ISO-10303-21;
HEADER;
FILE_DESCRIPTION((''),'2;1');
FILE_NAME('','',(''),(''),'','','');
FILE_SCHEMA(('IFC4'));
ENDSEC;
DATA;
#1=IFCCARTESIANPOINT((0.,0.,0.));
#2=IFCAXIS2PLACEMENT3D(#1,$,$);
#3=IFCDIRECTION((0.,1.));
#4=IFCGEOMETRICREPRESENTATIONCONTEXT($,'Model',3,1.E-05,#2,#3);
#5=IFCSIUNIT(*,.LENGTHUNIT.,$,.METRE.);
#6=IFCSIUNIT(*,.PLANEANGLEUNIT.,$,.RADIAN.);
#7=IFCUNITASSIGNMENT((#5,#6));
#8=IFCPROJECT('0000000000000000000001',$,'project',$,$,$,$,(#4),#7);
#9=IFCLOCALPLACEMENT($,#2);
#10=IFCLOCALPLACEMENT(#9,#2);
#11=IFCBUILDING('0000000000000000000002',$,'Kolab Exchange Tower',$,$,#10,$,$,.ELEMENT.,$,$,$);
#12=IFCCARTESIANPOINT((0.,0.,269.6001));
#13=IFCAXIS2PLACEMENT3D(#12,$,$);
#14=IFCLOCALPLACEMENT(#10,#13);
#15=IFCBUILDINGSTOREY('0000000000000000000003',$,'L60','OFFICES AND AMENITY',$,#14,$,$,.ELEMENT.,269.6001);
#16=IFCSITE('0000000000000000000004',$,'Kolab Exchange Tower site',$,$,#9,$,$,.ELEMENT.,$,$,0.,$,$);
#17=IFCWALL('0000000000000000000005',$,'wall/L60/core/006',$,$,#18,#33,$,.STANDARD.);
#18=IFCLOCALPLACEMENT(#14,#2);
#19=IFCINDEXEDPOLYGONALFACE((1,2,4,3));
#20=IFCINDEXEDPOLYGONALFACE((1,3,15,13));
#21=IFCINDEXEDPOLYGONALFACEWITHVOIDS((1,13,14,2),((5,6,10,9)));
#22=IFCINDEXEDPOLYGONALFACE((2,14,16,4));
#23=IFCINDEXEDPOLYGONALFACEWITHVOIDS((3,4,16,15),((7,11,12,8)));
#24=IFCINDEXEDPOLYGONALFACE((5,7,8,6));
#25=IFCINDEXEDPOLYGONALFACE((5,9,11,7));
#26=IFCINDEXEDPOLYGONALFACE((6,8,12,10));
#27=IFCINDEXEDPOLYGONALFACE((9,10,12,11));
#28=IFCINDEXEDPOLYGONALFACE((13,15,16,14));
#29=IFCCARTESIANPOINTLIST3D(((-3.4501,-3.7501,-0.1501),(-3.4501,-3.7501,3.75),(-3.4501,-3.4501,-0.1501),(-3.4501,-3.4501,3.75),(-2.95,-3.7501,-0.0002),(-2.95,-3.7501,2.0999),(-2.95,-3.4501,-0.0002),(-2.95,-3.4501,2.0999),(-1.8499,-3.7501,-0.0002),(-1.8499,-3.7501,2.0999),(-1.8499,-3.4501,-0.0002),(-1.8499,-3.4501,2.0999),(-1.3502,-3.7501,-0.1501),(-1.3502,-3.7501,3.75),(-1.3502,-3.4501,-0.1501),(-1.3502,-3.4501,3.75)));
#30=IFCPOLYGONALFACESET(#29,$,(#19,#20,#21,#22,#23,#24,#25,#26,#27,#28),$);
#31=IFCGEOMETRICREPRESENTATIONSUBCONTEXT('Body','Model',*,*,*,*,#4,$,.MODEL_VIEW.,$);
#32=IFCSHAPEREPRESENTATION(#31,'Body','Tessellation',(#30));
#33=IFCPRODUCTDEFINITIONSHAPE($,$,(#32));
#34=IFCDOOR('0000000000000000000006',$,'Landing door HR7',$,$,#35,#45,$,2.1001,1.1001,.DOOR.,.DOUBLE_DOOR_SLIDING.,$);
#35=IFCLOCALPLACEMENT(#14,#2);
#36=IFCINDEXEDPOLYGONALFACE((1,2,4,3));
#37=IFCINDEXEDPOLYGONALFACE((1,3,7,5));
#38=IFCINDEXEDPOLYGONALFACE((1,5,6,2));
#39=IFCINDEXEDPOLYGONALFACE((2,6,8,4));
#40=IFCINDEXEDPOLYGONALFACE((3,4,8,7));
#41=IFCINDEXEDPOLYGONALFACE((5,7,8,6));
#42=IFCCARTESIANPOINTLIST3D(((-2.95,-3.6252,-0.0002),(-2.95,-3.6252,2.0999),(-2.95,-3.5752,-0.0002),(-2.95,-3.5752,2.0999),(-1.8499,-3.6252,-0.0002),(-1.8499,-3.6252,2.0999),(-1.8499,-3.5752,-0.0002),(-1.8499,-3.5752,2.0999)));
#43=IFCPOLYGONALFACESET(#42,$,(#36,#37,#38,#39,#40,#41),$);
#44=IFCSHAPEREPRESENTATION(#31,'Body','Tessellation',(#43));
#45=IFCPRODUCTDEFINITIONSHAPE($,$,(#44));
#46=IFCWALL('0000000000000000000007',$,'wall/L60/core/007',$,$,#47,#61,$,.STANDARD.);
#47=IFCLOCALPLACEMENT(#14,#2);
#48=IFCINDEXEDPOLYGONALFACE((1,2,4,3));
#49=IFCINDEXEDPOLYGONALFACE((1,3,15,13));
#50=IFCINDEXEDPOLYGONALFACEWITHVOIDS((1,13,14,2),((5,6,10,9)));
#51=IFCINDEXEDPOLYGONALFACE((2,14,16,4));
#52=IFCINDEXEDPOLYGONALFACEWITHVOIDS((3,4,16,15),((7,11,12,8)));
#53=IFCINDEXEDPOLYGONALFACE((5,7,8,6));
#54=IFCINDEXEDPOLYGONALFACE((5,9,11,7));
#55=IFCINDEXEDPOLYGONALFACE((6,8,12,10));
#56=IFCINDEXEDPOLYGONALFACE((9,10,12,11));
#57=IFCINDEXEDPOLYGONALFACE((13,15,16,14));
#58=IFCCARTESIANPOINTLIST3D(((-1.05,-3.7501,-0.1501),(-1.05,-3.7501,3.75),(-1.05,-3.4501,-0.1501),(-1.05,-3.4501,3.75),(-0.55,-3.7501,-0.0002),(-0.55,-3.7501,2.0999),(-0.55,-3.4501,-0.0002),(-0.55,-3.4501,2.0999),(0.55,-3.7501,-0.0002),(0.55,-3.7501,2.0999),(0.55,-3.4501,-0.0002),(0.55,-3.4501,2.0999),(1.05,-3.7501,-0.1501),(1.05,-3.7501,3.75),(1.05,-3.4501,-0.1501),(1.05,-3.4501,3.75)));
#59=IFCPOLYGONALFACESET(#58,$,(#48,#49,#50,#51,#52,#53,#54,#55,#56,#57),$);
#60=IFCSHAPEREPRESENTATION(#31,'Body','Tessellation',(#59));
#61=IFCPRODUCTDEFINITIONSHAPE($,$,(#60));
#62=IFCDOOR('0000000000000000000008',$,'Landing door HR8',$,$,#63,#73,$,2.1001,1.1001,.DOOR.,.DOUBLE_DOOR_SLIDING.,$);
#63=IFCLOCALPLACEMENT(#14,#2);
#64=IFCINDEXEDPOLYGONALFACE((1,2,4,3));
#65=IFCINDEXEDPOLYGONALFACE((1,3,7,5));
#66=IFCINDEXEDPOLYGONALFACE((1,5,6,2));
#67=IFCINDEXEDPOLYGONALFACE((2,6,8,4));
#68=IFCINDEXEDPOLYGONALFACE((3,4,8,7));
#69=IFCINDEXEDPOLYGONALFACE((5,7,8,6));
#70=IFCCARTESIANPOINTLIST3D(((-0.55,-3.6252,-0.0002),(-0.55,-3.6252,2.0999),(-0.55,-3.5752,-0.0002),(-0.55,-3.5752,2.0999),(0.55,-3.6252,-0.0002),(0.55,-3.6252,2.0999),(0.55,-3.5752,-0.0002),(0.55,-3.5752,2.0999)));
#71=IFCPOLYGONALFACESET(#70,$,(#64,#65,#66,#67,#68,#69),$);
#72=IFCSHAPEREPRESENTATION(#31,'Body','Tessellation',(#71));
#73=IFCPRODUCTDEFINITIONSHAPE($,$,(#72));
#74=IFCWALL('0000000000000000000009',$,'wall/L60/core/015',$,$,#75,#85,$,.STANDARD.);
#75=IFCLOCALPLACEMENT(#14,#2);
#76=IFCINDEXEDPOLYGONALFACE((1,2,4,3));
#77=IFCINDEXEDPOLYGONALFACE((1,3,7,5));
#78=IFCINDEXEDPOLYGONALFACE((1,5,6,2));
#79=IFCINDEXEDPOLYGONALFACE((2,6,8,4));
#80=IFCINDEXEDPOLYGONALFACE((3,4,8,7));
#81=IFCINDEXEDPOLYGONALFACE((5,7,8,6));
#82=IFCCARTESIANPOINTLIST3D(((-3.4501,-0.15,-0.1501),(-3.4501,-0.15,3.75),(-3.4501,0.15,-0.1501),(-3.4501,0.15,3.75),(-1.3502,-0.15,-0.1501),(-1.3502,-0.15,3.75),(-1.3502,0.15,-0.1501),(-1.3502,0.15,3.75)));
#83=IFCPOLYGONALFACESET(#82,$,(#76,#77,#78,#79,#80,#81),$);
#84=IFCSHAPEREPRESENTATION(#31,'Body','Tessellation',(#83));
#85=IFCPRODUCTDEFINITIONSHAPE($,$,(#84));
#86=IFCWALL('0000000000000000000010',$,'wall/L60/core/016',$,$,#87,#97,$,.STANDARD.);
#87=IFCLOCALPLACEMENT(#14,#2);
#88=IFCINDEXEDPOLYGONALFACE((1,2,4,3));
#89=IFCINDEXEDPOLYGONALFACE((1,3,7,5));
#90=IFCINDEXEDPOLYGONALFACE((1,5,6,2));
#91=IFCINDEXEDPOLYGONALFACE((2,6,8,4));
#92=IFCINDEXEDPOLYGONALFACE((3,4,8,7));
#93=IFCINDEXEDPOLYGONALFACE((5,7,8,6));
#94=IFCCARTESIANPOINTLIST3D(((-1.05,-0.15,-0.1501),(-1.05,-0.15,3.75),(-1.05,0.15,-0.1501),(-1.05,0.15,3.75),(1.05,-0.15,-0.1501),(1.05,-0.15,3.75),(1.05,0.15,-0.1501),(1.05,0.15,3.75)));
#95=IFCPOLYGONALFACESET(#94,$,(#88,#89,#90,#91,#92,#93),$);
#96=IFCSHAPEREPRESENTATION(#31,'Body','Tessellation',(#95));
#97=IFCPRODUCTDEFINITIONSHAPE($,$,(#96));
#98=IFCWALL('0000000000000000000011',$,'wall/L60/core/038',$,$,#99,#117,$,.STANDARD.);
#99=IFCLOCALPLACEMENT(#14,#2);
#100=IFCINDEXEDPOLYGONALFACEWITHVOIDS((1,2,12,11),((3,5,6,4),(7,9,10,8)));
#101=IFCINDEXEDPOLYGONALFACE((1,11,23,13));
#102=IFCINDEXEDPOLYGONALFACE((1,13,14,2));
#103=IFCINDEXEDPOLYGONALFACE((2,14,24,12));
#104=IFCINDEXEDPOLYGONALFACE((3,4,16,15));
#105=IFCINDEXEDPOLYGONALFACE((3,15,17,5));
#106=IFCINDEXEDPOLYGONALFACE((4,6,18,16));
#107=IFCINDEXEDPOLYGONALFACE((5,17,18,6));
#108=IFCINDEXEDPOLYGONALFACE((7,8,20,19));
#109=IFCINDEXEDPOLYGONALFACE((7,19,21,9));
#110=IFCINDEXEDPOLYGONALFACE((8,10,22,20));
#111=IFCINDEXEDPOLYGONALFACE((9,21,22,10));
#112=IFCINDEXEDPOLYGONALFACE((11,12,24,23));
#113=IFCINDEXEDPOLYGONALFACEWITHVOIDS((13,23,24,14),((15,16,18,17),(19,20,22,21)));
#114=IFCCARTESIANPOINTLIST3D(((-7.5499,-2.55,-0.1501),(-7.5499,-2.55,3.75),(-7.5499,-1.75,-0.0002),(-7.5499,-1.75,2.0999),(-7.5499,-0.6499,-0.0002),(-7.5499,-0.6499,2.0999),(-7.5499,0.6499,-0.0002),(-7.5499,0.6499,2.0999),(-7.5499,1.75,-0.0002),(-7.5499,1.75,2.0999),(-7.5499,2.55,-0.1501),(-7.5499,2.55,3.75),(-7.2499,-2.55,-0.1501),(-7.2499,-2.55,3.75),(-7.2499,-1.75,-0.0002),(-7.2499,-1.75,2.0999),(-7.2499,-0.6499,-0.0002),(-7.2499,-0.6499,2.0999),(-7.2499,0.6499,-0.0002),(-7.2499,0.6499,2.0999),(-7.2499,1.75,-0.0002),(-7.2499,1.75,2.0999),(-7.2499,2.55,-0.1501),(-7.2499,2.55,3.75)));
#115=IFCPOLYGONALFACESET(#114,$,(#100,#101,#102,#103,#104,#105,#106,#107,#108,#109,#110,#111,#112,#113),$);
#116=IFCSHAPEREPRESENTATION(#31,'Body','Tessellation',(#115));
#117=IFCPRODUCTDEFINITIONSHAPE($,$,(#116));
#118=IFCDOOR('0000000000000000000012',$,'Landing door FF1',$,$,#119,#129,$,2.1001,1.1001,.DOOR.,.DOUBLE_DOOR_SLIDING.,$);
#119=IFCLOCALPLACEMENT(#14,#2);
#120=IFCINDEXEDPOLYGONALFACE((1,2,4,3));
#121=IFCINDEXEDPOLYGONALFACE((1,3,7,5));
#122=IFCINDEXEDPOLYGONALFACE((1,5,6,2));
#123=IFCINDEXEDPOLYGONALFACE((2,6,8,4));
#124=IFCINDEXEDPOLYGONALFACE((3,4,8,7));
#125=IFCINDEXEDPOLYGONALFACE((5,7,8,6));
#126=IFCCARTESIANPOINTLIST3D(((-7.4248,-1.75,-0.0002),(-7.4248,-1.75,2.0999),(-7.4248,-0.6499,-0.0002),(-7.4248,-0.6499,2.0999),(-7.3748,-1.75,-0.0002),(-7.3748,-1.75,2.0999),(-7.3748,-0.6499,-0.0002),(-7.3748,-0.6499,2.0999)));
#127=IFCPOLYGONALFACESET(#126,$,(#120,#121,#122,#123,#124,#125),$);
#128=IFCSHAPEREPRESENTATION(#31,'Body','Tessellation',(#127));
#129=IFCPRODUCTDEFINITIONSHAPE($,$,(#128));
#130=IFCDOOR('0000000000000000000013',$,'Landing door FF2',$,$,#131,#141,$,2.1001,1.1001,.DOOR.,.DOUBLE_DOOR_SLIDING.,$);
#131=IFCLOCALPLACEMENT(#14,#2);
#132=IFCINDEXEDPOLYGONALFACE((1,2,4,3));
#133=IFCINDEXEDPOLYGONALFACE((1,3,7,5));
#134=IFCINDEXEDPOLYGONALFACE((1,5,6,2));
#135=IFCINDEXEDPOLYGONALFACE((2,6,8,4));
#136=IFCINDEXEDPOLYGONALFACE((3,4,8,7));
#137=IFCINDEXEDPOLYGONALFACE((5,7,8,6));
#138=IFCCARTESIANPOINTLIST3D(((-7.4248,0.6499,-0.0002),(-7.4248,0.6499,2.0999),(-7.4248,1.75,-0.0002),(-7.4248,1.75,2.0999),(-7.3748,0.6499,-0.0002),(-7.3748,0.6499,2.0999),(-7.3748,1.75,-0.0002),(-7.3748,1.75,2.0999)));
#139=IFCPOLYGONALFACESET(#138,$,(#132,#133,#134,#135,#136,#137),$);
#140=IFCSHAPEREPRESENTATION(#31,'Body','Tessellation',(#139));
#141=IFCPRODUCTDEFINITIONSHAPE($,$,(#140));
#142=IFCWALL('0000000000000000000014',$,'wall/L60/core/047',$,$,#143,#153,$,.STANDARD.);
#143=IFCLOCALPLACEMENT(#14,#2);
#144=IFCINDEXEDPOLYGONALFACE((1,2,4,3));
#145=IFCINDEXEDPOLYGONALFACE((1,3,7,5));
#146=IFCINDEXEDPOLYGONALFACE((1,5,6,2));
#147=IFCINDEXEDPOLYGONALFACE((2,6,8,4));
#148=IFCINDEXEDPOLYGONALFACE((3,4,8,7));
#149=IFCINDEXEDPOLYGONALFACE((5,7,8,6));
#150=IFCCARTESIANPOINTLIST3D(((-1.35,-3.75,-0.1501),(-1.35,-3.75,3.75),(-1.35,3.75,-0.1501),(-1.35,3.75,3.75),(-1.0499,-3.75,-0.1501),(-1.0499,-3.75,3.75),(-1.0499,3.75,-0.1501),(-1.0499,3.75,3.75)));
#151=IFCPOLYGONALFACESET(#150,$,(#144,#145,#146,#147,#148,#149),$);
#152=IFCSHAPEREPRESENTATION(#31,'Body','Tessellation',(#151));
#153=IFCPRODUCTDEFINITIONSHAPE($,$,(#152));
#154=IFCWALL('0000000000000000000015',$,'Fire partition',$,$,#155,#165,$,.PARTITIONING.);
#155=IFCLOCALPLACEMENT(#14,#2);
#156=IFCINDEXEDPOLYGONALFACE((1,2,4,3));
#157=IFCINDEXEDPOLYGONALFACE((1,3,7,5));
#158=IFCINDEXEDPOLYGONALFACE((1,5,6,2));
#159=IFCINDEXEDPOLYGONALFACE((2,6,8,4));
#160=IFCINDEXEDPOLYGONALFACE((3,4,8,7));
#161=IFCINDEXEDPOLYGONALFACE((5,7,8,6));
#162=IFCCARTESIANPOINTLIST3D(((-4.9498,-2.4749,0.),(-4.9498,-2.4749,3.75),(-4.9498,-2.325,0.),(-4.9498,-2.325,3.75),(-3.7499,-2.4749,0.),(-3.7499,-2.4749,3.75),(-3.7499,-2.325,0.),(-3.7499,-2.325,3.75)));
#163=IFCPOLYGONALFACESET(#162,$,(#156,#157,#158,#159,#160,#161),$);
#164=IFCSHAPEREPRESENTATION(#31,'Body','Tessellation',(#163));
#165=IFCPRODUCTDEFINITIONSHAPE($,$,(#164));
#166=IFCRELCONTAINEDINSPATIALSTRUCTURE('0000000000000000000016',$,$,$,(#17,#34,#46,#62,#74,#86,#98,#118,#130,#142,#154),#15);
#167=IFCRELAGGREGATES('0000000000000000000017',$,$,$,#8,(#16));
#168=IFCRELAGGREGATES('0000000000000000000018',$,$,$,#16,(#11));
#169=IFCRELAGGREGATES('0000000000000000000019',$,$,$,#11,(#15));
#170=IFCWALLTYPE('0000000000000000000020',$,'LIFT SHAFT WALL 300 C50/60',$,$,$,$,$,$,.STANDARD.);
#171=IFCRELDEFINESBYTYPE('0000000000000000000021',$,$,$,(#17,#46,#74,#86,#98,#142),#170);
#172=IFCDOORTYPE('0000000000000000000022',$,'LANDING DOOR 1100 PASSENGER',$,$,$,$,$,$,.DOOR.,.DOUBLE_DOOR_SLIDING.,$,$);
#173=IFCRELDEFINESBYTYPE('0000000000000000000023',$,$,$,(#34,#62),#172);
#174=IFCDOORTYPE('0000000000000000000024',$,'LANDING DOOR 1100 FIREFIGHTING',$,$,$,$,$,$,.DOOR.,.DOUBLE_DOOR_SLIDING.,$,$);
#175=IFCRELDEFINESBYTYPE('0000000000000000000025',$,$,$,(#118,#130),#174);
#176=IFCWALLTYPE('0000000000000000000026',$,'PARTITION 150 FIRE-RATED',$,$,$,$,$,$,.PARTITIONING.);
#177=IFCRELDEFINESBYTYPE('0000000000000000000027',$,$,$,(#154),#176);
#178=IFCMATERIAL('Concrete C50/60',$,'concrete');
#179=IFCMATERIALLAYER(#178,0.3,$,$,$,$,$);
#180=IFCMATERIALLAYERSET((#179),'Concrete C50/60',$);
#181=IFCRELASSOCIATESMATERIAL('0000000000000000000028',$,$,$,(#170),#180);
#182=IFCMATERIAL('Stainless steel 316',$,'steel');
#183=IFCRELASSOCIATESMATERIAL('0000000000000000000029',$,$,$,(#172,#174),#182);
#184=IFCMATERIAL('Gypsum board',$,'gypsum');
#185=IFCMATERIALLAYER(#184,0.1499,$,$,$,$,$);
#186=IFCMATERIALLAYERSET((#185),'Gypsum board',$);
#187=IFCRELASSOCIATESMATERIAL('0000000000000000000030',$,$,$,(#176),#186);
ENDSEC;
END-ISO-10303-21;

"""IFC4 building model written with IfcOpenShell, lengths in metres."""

from ifc_helpers import new_model, si_unit, direction, frame, frame_2d, origin, place, context, subcontext, project, spatial, rectangle, extrude, material, layer, layer_set, type_object, element, fill, save


model = new_model("IFC4")

# Units and contexts
model_context = context("Model", 3, precision=1e-05, world=origin(), true_north=direction((0.0, 1.0)))
body_context = subcontext(model_context, "Body", "Model", "MODEL_VIEW")
ifc_project = project(units=[si_unit("LENGTHUNIT", "METRE"), si_unit("PLANEANGLEUNIT", "RADIAN")], contexts=[model_context])

# Site, building, storey
site_placement = place(None, origin())
site = spatial("IfcSite", under=ifc_project, at=site_placement, Name="Kolab Exchange Tower site", CompositionType="ELEMENT", RefElevation=0.0)
building_placement = place(site_placement, origin())
building = spatial("IfcBuilding", under=site, at=building_placement, Name="Kolab Exchange Tower", CompositionType="ELEMENT")
storey_placement = place(building_placement, frame((0.0, 0.0, 269.6001)))
storey = spatial("IfcBuildingStorey", under=building, at=storey_placement, Name="L60", Description="OFFICES AND AMENITY", CompositionType="ELEMENT", Elevation=269.6001)

# Walls, openings, doors
ifc_material_1 = material(Name="Concrete C50/60", Category="concrete")
ifc_layer_1 = layer(ifc_material_1, 0.3)
ifc_layer_set_1 = layer_set([ifc_layer_1], Name="Concrete C50/60")
wall_type_1 = type_object("IfcWallType", Name="LIFT SHAFT WALL 300 C50/60", PredefinedType="STANDARD", material=ifc_layer_set_1)
wall_1_placement = place(storey_placement, frame((-3.45, -3.6001, -0.1501), z_axis=(0.0, 0.0, 1.0), x_axis=(1.0, 0.0, 0.0)))
wall_1 = element("IfcWall", 1, at=wall_1_placement, inside=storey, type_object=wall_type_1, Name="wall/L60/core/006", PredefinedType="STANDARD", context=body_context, shape_type="SweptSolid", body=[
    extrude(rectangle(XDim=2.0999, YDim=0.3, at=frame_2d((1.0498, 0.0))), origin(), (0.0, 0.0, 1.0), 3.9001),
])
opening_1_placement = place(wall_1_placement, frame((0.5, 0.0, 0.1499)))
opening_1 = element("IfcOpeningElement", 2, at=opening_1_placement, cuts=wall_1, PredefinedType="OPENING", context=body_context, shape_type="SweptSolid", body=[
    extrude(rectangle(XDim=1.1001, YDim=2.1001, at=frame_2d((0.55, 1.05))), frame((0.0, 0.1602, 0.0), z_axis=(0.0, -1.0, 0.0), x_axis=(1.0, 0.0, 0.0)), (0.0, 0.0, 1.0), 0.3201),
])
ifc_material_2 = material(Name="Stainless steel 316", Category="steel")
door_type_1 = type_object("IfcDoorType", Name="LANDING DOOR 1100 PASSENGER", OperationType="DOUBLE_DOOR_SLIDING", PredefinedType="DOOR", material=ifc_material_2)
door_1_placement = place(opening_1_placement, origin())
door_1 = element("IfcDoor", 3, at=door_1_placement, inside=storey, type_object=door_type_1, Name="Landing door HR7", OperationType="DOUBLE_DOOR_SLIDING", OverallHeight=2.1001, OverallWidth=1.1001, PredefinedType="DOOR", context=body_context, shape_type="SweptSolid", body=[
    extrude(rectangle(XDim=1.1001, YDim=2.1001, at=frame_2d((0.55, 1.05))), frame((0.0, 0.0249, 0.0), z_axis=(0.0, -1.0, 0.0), x_axis=(1.0, 0.0, 0.0)), (0.0, 0.0, 1.0), 0.05),
])
fill(opening_1, door_1)
wall_2_placement = place(storey_placement, frame((-1.05, -3.6001, -0.1501), z_axis=(0.0, 0.0, 1.0), x_axis=(1.0, 0.0, 0.0)))
wall_2 = element("IfcWall", 4, at=wall_2_placement, inside=storey, type_object=wall_type_1, Name="wall/L60/core/007", PredefinedType="STANDARD", context=body_context, shape_type="SweptSolid", body=[
    extrude(rectangle(XDim=2.1001, YDim=0.3, at=frame_2d((1.05, 0.0))), origin(), (0.0, 0.0, 1.0), 3.9001),
])
opening_2_placement = place(wall_2_placement, frame((0.5, 0.0, 0.1499)))
opening_2 = element("IfcOpeningElement", 5, at=opening_2_placement, cuts=wall_2, PredefinedType="OPENING", context=body_context, shape_type="SweptSolid", body=[
    extrude(rectangle(XDim=1.1001, YDim=2.1001, at=frame_2d((0.55, 1.05))), frame((0.0, 0.1602, 0.0), z_axis=(0.0, -1.0, 0.0), x_axis=(1.0, 0.0, 0.0)), (0.0, 0.0, 1.0), 0.3201),
])
door_2_placement = place(opening_2_placement, origin())
door_2 = element("IfcDoor", 6, at=door_2_placement, inside=storey, type_object=door_type_1, Name="Landing door HR8", OperationType="DOUBLE_DOOR_SLIDING", OverallHeight=2.1001, OverallWidth=1.1001, PredefinedType="DOOR", context=body_context, shape_type="SweptSolid", body=[
    extrude(rectangle(XDim=1.1001, YDim=2.1001, at=frame_2d((0.55, 1.05))), frame((0.0, 0.0249, 0.0), z_axis=(0.0, -1.0, 0.0), x_axis=(1.0, 0.0, 0.0)), (0.0, 0.0, 1.0), 0.05),
])
fill(opening_2, door_2)

# Walls
wall_3_placement = place(storey_placement, frame((-3.45, 0.0, -0.1501), z_axis=(0.0, 0.0, 1.0), x_axis=(1.0, 0.0, 0.0)))
element("IfcWall", 7, at=wall_3_placement, inside=storey, type_object=wall_type_1, Name="wall/L60/core/015", PredefinedType="STANDARD", context=body_context, shape_type="SweptSolid", body=[
    extrude(rectangle(XDim=2.0999, YDim=0.3, at=frame_2d((1.0498, 0.0))), origin(), (0.0, 0.0, 1.0), 3.9001),
])
wall_4_placement = place(storey_placement, frame((-1.05, 0.0, -0.1501), z_axis=(0.0, 0.0, 1.0), x_axis=(1.0, 0.0, 0.0)))
element("IfcWall", 8, at=wall_4_placement, inside=storey, type_object=wall_type_1, Name="wall/L60/core/016", PredefinedType="STANDARD", context=body_context, shape_type="SweptSolid", body=[
    extrude(rectangle(XDim=2.1001, YDim=0.3, at=frame_2d((1.05, 0.0))), origin(), (0.0, 0.0, 1.0), 3.9001),
])

# Wall, openings, doors
wall_5_placement = place(storey_placement, frame((-7.3999, -2.55, -0.1501), z_axis=(0.0, 0.0, 1.0), x_axis=(0.0, 1.0, 0.0)))
wall_5 = element("IfcWall", 9, at=wall_5_placement, inside=storey, type_object=wall_type_1, Name="wall/L60/core/038", PredefinedType="STANDARD", context=body_context, shape_type="SweptSolid", body=[
    extrude(rectangle(XDim=5.1001, YDim=0.3, at=frame_2d((2.55, 0.0))), origin(), (0.0, 0.0, 1.0), 3.9001),
])
opening_3_placement = place(wall_5_placement, frame((0.8, 0.0, 0.1499)))
opening_3 = element("IfcOpeningElement", 10, at=opening_3_placement, cuts=wall_5, PredefinedType="OPENING", context=body_context, shape_type="SweptSolid", body=[
    extrude(rectangle(XDim=1.1001, YDim=2.1001, at=frame_2d((0.55, 1.05))), frame((0.0, 0.1602, 0.0), z_axis=(0.0, -1.0, 0.0), x_axis=(1.0, 0.0, 0.0)), (0.0, 0.0, 1.0), 0.3201),
])
opening_4_placement = place(wall_5_placement, frame((3.2, 0.0, 0.1499)))
opening_4 = element("IfcOpeningElement", 11, at=opening_4_placement, cuts=wall_5, PredefinedType="OPENING", context=body_context, shape_type="SweptSolid", body=[
    extrude(rectangle(XDim=1.1001, YDim=2.1001, at=frame_2d((0.55, 1.05))), frame((0.0, 0.1602, 0.0), z_axis=(0.0, -1.0, 0.0), x_axis=(1.0, 0.0, 0.0)), (0.0, 0.0, 1.0), 0.3201),
])
door_type_2 = type_object("IfcDoorType", Name="LANDING DOOR 1100 FIREFIGHTING", OperationType="DOUBLE_DOOR_SLIDING", PredefinedType="DOOR", material=ifc_material_2)
door_3_placement = place(opening_3_placement, origin())
door_3 = element("IfcDoor", 12, at=door_3_placement, inside=storey, type_object=door_type_2, Name="Landing door FF1", OperationType="DOUBLE_DOOR_SLIDING", OverallHeight=2.1001, OverallWidth=1.1001, PredefinedType="DOOR", context=body_context, shape_type="SweptSolid", body=[
    extrude(rectangle(XDim=1.1001, YDim=2.1001, at=frame_2d((0.55, 1.05))), frame((0.0, 0.0249, 0.0), z_axis=(0.0, -1.0, 0.0), x_axis=(1.0, 0.0, 0.0)), (0.0, 0.0, 1.0), 0.05),
])
fill(opening_3, door_3)
door_4_placement = place(opening_4_placement, origin())
door_4 = element("IfcDoor", 13, at=door_4_placement, inside=storey, type_object=door_type_2, Name="Landing door FF2", OperationType="DOUBLE_DOOR_SLIDING", OverallHeight=2.1001, OverallWidth=1.1001, PredefinedType="DOOR", context=body_context, shape_type="SweptSolid", body=[
    extrude(rectangle(XDim=1.1001, YDim=2.1001, at=frame_2d((0.55, 1.05))), frame((0.0, 0.0249, 0.0), z_axis=(0.0, -1.0, 0.0), x_axis=(1.0, 0.0, 0.0)), (0.0, 0.0, 1.0), 0.05),
])
fill(opening_4, door_4)

# Walls
wall_6_placement = place(storey_placement, frame((-1.2, -3.75, -0.1501), z_axis=(0.0, 0.0, 1.0), x_axis=(0.0, 1.0, 0.0)))
element("IfcWall", 14, at=wall_6_placement, inside=storey, type_object=wall_type_1, Name="wall/L60/core/047", PredefinedType="STANDARD", context=body_context, shape_type="SweptSolid", body=[
    extrude(rectangle(XDim=7.5, YDim=0.3, at=frame_2d((3.75, 0.0))), origin(), (0.0, 0.0, 1.0), 3.9001),
])
ifc_material_3 = material(Name="Gypsum board", Category="gypsum")
ifc_layer_2 = layer(ifc_material_3, 0.1499)
ifc_layer_set_2 = layer_set([ifc_layer_2], Name="Gypsum board")
wall_type_2 = type_object("IfcWallType", Name="PARTITION 150 FIRE-RATED", PredefinedType="PARTITIONING", material=ifc_layer_set_2)
wall_7_placement = place(storey_placement, frame((-4.95, -2.3999, 0.0), z_axis=(0.0, 0.0, 1.0), x_axis=(1.0, 0.0, 0.0)))
element("IfcWall", 15, at=wall_7_placement, inside=storey, type_object=wall_type_2, Name="Fire partition", PredefinedType="PARTITIONING", context=body_context, shape_type="SweptSolid", body=[
    extrude(rectangle(XDim=1.2, YDim=0.1499, at=frame_2d((0.6001, 0.0))), origin(), (0.0, 0.0, 1.0), 3.75),
])

save(model, "model.ifc")
